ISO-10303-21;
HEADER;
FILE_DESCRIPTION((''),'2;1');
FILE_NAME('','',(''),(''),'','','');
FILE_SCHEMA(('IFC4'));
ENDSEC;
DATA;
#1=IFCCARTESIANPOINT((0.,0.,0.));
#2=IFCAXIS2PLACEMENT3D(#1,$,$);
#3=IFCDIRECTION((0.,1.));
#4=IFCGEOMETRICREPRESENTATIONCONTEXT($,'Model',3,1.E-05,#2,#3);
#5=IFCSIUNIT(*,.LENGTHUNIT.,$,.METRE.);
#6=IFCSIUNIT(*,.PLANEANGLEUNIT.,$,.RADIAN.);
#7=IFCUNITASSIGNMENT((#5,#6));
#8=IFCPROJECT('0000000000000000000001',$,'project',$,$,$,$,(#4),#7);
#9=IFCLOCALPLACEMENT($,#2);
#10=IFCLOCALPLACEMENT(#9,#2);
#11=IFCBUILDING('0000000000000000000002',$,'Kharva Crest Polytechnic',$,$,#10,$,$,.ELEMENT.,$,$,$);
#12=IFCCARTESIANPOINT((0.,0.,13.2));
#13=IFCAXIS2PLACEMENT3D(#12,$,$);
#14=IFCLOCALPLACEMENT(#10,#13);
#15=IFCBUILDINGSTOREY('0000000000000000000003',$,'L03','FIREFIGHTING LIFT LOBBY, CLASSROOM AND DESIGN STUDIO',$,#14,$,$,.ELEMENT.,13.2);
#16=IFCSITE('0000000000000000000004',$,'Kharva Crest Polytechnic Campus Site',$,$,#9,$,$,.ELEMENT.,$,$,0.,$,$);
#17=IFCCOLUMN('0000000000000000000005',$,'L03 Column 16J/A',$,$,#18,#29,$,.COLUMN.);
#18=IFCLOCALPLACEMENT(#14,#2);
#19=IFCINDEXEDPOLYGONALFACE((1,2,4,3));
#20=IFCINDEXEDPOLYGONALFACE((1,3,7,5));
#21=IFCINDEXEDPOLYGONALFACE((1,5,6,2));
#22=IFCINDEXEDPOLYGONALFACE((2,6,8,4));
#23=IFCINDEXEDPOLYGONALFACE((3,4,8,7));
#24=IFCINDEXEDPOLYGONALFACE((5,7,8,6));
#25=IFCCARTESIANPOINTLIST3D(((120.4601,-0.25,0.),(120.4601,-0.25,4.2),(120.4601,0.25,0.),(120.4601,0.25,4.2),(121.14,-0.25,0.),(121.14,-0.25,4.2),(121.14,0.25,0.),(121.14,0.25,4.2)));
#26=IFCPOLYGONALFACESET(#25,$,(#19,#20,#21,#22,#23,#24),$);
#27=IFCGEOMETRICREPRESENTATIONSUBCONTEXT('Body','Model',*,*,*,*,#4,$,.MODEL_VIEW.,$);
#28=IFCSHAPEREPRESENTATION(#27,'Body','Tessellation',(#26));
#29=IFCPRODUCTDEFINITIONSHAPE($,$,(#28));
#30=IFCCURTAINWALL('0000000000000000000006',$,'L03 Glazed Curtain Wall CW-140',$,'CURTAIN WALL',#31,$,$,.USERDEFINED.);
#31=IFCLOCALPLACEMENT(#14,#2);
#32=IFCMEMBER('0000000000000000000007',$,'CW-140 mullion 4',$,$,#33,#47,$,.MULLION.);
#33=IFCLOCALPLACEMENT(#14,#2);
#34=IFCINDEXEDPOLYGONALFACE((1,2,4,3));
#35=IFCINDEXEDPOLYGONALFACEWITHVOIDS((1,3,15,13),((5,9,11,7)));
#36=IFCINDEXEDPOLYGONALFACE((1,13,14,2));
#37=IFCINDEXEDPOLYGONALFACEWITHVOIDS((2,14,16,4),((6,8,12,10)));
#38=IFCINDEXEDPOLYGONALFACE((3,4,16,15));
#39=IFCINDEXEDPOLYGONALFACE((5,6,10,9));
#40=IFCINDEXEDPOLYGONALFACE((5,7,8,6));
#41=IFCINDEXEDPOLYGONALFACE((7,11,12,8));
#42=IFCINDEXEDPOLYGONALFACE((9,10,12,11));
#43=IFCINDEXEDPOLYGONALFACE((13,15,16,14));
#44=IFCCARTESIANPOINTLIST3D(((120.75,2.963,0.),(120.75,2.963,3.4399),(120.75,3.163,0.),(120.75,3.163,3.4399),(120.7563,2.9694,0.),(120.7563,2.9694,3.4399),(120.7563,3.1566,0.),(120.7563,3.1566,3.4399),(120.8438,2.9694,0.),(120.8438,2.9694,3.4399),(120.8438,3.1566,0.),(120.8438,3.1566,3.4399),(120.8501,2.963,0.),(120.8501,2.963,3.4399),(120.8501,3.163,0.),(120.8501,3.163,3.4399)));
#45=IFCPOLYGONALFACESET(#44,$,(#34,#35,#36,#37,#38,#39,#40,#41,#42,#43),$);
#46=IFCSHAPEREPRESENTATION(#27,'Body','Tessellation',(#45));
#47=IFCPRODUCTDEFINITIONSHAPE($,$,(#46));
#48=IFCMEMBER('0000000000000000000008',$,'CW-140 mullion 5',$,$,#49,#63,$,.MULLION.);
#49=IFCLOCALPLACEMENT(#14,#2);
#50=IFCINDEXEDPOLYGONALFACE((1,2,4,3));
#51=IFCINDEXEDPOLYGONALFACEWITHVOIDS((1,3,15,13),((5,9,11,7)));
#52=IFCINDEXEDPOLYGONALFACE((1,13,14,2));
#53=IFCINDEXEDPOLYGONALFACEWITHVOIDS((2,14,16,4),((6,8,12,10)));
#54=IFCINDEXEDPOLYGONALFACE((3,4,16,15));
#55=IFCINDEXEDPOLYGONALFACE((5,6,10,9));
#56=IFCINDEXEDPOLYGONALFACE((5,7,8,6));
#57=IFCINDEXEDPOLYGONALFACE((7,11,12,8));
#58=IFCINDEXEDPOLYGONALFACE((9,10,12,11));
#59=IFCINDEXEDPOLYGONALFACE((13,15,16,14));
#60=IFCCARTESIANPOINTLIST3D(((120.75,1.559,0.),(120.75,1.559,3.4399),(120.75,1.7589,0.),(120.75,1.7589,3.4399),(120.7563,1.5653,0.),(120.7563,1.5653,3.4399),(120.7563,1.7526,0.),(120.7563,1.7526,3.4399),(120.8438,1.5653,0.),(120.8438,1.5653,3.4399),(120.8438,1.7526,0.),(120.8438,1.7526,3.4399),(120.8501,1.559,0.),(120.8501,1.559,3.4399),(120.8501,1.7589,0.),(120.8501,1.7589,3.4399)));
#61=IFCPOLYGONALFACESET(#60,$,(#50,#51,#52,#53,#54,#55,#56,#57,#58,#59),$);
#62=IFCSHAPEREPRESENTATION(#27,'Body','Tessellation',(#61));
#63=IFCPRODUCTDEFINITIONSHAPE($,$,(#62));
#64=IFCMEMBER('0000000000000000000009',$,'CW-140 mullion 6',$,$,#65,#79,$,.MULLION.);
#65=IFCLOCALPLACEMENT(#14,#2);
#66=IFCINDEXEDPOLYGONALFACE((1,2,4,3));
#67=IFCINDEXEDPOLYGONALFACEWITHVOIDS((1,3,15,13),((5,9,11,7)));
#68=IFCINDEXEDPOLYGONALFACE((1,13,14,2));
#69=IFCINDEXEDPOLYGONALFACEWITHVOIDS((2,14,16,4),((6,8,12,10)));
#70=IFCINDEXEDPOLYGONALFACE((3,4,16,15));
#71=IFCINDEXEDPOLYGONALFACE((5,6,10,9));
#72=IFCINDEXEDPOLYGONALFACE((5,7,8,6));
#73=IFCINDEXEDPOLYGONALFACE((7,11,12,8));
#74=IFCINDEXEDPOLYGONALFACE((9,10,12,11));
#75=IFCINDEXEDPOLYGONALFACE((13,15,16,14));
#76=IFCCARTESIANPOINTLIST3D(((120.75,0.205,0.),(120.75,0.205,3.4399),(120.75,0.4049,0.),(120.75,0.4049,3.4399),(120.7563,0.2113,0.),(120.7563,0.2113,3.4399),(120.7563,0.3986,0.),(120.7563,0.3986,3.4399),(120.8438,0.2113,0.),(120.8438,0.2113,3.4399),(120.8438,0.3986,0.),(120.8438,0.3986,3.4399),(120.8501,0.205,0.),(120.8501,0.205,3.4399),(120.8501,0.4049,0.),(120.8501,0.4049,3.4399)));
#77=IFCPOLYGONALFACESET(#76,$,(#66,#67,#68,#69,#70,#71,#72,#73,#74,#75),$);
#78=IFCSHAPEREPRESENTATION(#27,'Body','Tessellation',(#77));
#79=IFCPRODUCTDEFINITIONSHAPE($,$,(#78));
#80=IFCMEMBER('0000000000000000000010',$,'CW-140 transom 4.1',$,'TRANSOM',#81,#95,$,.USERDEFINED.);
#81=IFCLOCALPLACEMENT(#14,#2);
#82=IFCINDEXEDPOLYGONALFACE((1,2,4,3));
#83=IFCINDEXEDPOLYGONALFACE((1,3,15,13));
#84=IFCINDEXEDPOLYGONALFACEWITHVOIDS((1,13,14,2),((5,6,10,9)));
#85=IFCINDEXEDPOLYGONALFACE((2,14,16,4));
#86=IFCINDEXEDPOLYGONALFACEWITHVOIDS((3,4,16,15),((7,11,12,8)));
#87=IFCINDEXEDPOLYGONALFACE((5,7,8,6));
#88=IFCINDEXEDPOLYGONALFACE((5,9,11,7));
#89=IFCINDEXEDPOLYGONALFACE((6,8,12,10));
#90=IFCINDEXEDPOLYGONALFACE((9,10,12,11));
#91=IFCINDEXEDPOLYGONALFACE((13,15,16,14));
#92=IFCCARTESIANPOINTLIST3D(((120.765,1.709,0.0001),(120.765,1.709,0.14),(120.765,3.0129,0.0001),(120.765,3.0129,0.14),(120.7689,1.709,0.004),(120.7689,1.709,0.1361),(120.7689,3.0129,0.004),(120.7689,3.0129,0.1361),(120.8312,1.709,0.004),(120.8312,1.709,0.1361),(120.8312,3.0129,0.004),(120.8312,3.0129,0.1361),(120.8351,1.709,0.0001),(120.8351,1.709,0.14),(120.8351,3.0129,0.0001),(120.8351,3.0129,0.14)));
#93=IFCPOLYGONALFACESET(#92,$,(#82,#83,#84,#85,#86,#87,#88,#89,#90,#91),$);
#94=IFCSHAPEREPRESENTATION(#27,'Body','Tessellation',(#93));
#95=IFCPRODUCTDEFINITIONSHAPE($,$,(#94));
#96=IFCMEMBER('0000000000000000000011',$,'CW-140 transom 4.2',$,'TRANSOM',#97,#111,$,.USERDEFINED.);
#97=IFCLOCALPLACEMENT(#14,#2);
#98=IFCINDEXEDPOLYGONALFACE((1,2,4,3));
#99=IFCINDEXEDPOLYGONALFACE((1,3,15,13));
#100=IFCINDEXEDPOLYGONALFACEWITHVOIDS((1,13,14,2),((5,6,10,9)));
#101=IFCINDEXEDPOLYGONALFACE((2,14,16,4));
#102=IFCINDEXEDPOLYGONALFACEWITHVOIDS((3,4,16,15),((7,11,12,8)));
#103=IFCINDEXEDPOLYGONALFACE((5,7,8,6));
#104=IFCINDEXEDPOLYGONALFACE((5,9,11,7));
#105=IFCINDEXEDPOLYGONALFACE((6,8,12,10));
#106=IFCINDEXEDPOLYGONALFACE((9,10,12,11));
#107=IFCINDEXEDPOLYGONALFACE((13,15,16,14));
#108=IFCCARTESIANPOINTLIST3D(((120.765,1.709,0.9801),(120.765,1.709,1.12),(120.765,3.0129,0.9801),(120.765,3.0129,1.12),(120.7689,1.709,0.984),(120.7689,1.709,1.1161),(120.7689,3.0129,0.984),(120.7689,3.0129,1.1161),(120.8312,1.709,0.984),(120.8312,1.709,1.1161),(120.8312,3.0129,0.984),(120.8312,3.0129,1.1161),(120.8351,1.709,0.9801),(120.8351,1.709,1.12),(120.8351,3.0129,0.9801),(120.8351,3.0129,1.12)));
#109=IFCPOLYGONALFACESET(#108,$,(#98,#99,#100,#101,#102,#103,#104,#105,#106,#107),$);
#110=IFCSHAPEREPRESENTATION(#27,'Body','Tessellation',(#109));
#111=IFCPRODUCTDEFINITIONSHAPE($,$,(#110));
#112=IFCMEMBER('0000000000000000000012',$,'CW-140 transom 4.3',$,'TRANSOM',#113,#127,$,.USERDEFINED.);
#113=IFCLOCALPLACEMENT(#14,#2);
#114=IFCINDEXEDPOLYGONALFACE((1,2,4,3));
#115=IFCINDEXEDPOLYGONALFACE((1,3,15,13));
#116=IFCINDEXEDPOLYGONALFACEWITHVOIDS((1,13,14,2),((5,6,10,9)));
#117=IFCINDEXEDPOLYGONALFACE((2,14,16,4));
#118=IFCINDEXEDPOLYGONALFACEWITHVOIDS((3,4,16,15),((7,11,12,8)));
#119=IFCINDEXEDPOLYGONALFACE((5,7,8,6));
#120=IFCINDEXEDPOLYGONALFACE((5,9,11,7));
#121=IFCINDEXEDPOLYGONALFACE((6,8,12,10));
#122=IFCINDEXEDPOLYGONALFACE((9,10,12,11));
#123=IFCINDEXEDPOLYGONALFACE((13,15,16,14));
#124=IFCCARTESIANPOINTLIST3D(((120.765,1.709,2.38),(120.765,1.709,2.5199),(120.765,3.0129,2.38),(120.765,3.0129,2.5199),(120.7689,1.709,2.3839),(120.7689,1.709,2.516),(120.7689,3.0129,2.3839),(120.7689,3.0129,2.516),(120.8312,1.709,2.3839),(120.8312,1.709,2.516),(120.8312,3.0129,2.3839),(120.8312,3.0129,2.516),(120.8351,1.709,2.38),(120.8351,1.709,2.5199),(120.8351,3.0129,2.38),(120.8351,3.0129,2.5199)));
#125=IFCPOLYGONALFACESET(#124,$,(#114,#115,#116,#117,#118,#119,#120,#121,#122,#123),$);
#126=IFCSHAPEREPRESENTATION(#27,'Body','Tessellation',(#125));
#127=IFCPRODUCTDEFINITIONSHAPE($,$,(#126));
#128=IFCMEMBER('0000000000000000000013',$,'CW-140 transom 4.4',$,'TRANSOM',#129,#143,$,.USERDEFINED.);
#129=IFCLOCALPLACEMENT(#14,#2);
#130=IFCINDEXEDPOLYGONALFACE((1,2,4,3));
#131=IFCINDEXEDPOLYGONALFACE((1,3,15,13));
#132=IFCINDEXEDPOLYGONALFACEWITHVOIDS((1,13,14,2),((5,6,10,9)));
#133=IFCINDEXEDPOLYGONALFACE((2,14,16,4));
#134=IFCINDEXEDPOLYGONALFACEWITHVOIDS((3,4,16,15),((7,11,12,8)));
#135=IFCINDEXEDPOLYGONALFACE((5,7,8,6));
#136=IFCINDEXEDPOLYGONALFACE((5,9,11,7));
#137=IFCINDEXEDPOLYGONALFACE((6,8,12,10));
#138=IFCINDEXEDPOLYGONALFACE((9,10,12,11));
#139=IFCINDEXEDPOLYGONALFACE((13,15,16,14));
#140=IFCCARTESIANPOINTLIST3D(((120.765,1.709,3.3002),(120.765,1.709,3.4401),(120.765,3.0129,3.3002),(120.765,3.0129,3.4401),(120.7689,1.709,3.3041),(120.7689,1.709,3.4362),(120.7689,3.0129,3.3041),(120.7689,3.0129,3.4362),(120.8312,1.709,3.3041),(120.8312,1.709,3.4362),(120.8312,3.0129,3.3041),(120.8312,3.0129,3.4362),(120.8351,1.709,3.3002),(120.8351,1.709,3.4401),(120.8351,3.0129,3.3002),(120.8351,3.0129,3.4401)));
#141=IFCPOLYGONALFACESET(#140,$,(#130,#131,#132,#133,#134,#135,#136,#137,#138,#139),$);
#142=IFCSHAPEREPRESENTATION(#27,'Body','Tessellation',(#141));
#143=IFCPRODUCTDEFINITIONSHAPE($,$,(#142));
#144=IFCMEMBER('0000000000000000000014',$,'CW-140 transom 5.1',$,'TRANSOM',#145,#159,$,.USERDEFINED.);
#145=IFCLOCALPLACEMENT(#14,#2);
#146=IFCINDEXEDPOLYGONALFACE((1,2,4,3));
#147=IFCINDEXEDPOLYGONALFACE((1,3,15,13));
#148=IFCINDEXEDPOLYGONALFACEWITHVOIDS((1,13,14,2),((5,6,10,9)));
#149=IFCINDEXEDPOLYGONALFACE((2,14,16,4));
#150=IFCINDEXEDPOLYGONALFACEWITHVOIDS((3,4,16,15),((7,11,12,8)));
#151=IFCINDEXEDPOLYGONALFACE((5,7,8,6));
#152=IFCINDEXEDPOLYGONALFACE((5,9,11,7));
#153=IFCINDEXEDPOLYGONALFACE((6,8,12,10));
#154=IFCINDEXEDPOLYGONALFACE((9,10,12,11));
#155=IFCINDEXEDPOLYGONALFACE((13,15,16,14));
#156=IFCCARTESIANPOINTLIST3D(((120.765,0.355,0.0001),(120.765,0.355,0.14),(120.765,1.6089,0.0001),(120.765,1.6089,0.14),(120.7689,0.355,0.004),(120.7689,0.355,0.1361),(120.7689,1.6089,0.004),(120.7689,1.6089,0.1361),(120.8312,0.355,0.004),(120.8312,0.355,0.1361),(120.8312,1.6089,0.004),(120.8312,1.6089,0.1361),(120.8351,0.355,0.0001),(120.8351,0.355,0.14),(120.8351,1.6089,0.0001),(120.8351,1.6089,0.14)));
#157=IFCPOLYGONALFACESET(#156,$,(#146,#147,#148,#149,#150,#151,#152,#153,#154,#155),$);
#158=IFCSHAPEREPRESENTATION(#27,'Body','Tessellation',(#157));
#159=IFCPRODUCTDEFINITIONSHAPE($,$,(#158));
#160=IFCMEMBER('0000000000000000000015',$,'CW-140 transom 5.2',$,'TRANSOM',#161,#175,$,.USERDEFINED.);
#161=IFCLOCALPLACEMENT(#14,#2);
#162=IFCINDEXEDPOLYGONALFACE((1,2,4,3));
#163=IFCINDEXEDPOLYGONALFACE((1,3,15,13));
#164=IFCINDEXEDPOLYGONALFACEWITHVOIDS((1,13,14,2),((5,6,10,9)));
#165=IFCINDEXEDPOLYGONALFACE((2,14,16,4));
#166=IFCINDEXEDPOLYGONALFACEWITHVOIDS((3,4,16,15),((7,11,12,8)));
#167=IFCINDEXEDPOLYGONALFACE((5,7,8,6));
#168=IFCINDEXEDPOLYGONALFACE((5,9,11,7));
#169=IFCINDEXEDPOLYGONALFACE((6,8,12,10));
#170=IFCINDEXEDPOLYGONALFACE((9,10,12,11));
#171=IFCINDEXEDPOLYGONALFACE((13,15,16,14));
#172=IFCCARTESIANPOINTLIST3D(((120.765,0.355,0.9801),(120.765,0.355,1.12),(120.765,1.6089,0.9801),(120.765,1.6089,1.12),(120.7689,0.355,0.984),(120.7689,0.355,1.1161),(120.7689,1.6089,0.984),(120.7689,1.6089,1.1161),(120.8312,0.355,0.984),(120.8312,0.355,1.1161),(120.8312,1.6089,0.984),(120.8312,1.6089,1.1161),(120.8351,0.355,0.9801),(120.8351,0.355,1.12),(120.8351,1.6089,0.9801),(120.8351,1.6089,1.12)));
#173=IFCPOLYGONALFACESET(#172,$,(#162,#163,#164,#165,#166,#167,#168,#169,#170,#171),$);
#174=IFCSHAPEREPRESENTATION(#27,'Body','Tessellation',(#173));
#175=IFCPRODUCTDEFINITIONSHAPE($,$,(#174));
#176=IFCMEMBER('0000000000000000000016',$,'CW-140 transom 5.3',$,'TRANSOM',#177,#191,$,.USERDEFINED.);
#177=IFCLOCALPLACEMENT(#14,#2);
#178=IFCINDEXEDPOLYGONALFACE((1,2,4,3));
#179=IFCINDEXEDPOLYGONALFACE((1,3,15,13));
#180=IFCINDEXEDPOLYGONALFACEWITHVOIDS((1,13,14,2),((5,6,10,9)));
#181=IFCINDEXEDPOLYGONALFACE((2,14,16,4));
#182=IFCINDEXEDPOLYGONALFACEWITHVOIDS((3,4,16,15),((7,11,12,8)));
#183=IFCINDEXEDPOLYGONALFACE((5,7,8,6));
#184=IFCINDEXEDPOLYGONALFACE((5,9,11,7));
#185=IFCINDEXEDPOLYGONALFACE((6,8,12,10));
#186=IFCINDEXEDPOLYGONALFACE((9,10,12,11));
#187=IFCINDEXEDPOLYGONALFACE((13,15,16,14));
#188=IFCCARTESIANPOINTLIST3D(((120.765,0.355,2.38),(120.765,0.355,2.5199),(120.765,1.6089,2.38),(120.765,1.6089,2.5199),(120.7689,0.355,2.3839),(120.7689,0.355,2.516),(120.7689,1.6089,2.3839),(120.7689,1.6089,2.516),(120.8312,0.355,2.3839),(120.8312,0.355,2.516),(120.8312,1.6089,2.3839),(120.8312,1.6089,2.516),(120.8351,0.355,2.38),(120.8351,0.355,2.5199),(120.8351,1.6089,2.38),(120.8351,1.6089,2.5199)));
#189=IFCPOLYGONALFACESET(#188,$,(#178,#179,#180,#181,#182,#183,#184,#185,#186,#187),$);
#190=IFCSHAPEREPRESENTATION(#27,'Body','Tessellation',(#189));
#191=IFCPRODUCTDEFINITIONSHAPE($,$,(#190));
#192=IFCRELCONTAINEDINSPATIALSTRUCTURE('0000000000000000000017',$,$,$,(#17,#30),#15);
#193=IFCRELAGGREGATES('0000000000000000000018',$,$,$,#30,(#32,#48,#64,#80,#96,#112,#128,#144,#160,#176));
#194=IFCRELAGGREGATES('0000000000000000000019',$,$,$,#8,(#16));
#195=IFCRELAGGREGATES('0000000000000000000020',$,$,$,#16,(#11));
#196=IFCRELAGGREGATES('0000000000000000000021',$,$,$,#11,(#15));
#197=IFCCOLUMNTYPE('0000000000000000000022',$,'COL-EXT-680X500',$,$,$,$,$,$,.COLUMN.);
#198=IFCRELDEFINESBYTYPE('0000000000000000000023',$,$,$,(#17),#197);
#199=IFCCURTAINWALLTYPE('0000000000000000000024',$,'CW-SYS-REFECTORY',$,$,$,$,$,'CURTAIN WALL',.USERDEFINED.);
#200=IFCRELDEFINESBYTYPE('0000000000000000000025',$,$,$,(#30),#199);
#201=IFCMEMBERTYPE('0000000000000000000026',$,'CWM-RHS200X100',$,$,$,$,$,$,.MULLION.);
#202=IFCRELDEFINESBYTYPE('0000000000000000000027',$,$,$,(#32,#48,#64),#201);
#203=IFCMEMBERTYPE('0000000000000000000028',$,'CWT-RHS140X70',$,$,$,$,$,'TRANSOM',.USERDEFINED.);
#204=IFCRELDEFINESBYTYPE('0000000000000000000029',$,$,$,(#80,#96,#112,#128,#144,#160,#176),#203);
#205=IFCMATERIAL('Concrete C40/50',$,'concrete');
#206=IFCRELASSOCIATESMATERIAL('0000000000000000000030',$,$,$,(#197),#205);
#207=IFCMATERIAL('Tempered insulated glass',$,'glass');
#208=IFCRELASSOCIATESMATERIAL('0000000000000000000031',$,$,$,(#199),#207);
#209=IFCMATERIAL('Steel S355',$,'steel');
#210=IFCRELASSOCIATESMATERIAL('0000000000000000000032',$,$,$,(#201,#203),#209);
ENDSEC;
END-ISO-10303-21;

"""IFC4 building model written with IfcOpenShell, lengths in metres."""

from ifc_helpers import new_model, si_unit, direction, frame, origin, origin_2d, place, context, subcontext, project, spatial, rectangle, hollow_rectangle, extrude, material, material_profile, profile_set, type_object, element, aggregate, save


model = new_model("IFC4")

# Units and contexts
model_context = context("Model", 3, precision=1e-05, world=origin(), true_north=direction((0.0, 1.0)))
body_context = subcontext(model_context, "Body", "Model", "MODEL_VIEW")
ifc_project = project(units=[si_unit("LENGTHUNIT", "METRE"), si_unit("PLANEANGLEUNIT", "RADIAN")], contexts=[model_context])

# Site, building, storey
site_placement = place(None, origin())
site = spatial("IfcSite", under=ifc_project, at=site_placement, Name="Kharva Crest Polytechnic Campus Site", CompositionType="ELEMENT", RefElevation=0.0)
building_placement = place(site_placement, origin())
building = spatial("IfcBuilding", under=site, at=building_placement, Name="Kharva Crest Polytechnic", CompositionType="ELEMENT")
storey_placement = place(building_placement, frame((0.0, 0.0, 13.2)))
storey = spatial("IfcBuildingStorey", under=building, at=storey_placement, Name="L03", Description="FIREFIGHTING LIFT LOBBY, CLASSROOM AND DESIGN STUDIO", CompositionType="ELEMENT", Elevation=13.2)

# Column
ifc_material_1 = material(Name="Concrete C40/50", Category="concrete")
ifc_material_profile_1 = material_profile(ifc_material_1, rectangle(XDim=0.6799, YDim=0.5, at=origin_2d()), Name="RECT 680 X 500")
ifc_profile_set_1 = profile_set([ifc_material_profile_1], Name="Concrete C40/50")
column_type = type_object("IfcColumnType", Name="COL-EXT-680X500", PredefinedType="COLUMN", material=ifc_profile_set_1)
column_placement = place(storey_placement, frame((120.8, 0.0, 0.0), z_axis=(0.0, 0.0, 1.0), x_axis=(1.0, 0.0, 0.0)))
element("IfcColumn", 1, at=column_placement, inside=storey, type_object=column_type, Name="L03 Column 16J/A", PredefinedType="COLUMN", context=body_context, shape_type="SweptSolid", body=[
    extrude(rectangle(XDim=0.6799, YDim=0.5, at=origin_2d()), origin(), (0.0, 0.0, 1.0), 4.2),
])

# Curtain wall, members
ifc_material_2 = material(Name="Tempered insulated glass", Category="glass")
curtain_wall_type = type_object("IfcCurtainWallType", Name="CW-SYS-REFECTORY", ElementType="CURTAIN WALL", PredefinedType="USERDEFINED", material=ifc_material_2)
curtain_wall_placement = place(storey_placement, origin())
curtain_wall = element("IfcCurtainWall", 2, at=curtain_wall_placement, inside=storey, type_object=curtain_wall_type, Name="L03 Glazed Curtain Wall CW-140", ObjectType="CURTAIN WALL", PredefinedType="USERDEFINED")
ifc_material_3 = material(Name="Steel S355", Category="steel")
ifc_material_profile_2 = material_profile(ifc_material_3, hollow_rectangle(XDim=0.1001, YDim=0.2, WallThickness=0.0063, at=origin_2d()), Name="RHS 200X100X6.3")
ifc_profile_set_2 = profile_set([ifc_material_profile_2], Name="Steel S355")
member_type_1 = type_object("IfcMemberType", Name="CWM-RHS200X100", PredefinedType="MULLION", material=ifc_profile_set_2)
member_1_placement = place(storey_placement, frame((120.8, 3.063, 0.0), z_axis=(0.0, 0.0, 1.0), x_axis=(1.0, 0.0, 0.0)))
member_1 = element("IfcMember", 3, at=member_1_placement, type_object=member_type_1, Name="CW-140 mullion 4", PredefinedType="MULLION", context=body_context, shape_type="SweptSolid", body=[
    extrude(hollow_rectangle(XDim=0.1001, YDim=0.2, WallThickness=0.0063, at=origin_2d()), origin(), (0.0, 0.0, 1.0), 3.4399),
])
member_2_placement = place(storey_placement, frame((120.8, 1.6589, 0.0), z_axis=(0.0, 0.0, 1.0), x_axis=(1.0, 0.0, 0.0)))
member_2 = element("IfcMember", 4, at=member_2_placement, type_object=member_type_1, Name="CW-140 mullion 5", PredefinedType="MULLION", context=body_context, shape_type="SweptSolid", body=[
    extrude(hollow_rectangle(XDim=0.1001, YDim=0.2, WallThickness=0.0063, at=origin_2d()), origin(), (0.0, 0.0, 1.0), 3.4399),
])
member_3_placement = place(storey_placement, frame((120.8, 0.3049, 0.0), z_axis=(0.0, 0.0, 1.0), x_axis=(1.0, 0.0, 0.0)))
member_3 = element("IfcMember", 5, at=member_3_placement, type_object=member_type_1, Name="CW-140 mullion 6", PredefinedType="MULLION", context=body_context, shape_type="SweptSolid", body=[
    extrude(hollow_rectangle(XDim=0.1001, YDim=0.2, WallThickness=0.0063, at=origin_2d()), origin(), (0.0, 0.0, 1.0), 3.4399),
])
ifc_material_profile_3 = material_profile(ifc_material_3, hollow_rectangle(XDim=0.0701, YDim=0.1399, WallThickness=0.0039, at=origin_2d()), Name="RHS 140X70X4.0")
ifc_profile_set_3 = profile_set([ifc_material_profile_3], Name="Steel S355")
member_type_2 = type_object("IfcMemberType", Name="CWT-RHS140X70", ElementType="TRANSOM", PredefinedType="USERDEFINED", material=ifc_profile_set_3)
member_4_placement = place(storey_placement, frame((120.8, 3.0129, 0.0701), z_axis=(0.0, -1.0, 0.0), x_axis=(1.0, 0.0, 0.0)))
member_4 = element("IfcMember", 6, at=member_4_placement, type_object=member_type_2, Name="CW-140 transom 4.1", ObjectType="TRANSOM", PredefinedType="USERDEFINED", context=body_context, shape_type="SweptSolid", body=[
    extrude(hollow_rectangle(XDim=0.0701, YDim=0.1399, WallThickness=0.0039, at=origin_2d()), origin(), (0.0, 0.0, 1.0), 1.304),
])
member_5_placement = place(storey_placement, frame((120.8, 3.0129, 1.05), z_axis=(0.0, -1.0, 0.0), x_axis=(1.0, 0.0, 0.0)))
member_5 = element("IfcMember", 7, at=member_5_placement, type_object=member_type_2, Name="CW-140 transom 4.2", ObjectType="TRANSOM", PredefinedType="USERDEFINED", context=body_context, shape_type="SweptSolid", body=[
    extrude(hollow_rectangle(XDim=0.0701, YDim=0.1399, WallThickness=0.0039, at=origin_2d()), origin(), (0.0, 0.0, 1.0), 1.304),
])
member_6_placement = place(storey_placement, frame((120.8, 3.0129, 2.45), z_axis=(0.0, -1.0, 0.0), x_axis=(1.0, 0.0, 0.0)))
member_6 = element("IfcMember", 8, at=member_6_placement, type_object=member_type_2, Name="CW-140 transom 4.3", ObjectType="TRANSOM", PredefinedType="USERDEFINED", context=body_context, shape_type="SweptSolid", body=[
    extrude(hollow_rectangle(XDim=0.0701, YDim=0.1399, WallThickness=0.0039, at=origin_2d()), origin(), (0.0, 0.0, 1.0), 1.304),
])
member_7_placement = place(storey_placement, frame((120.8, 3.0129, 3.3701), z_axis=(0.0, -1.0, 0.0), x_axis=(1.0, 0.0, 0.0)))
member_7 = element("IfcMember", 9, at=member_7_placement, type_object=member_type_2, Name="CW-140 transom 4.4", ObjectType="TRANSOM", PredefinedType="USERDEFINED", context=body_context, shape_type="SweptSolid", body=[
    extrude(hollow_rectangle(XDim=0.0701, YDim=0.1399, WallThickness=0.0039, at=origin_2d()), origin(), (0.0, 0.0, 1.0), 1.304),
])
member_8_placement = place(storey_placement, frame((120.8, 1.6089, 0.0701), z_axis=(0.0, -1.0, 0.0), x_axis=(1.0, 0.0, 0.0)))
member_8 = element("IfcMember", 10, at=member_8_placement, type_object=member_type_2, Name="CW-140 transom 5.1", ObjectType="TRANSOM", PredefinedType="USERDEFINED", context=body_context, shape_type="SweptSolid", body=[
    extrude(hollow_rectangle(XDim=0.0701, YDim=0.1399, WallThickness=0.0039, at=origin_2d()), origin(), (0.0, 0.0, 1.0), 1.2539),
])
member_9_placement = place(storey_placement, frame((120.8, 1.6089, 1.05), z_axis=(0.0, -1.0, 0.0), x_axis=(1.0, 0.0, 0.0)))
member_9 = element("IfcMember", 11, at=member_9_placement, type_object=member_type_2, Name="CW-140 transom 5.2", ObjectType="TRANSOM", PredefinedType="USERDEFINED", context=body_context, shape_type="SweptSolid", body=[
    extrude(hollow_rectangle(XDim=0.0701, YDim=0.1399, WallThickness=0.0039, at=origin_2d()), origin(), (0.0, 0.0, 1.0), 1.2539),
])
member_10_placement = place(storey_placement, frame((120.8, 1.6089, 2.45), z_axis=(0.0, -1.0, 0.0), x_axis=(1.0, 0.0, 0.0)))
member_10 = element("IfcMember", 12, at=member_10_placement, type_object=member_type_2, Name="CW-140 transom 5.3", ObjectType="TRANSOM", PredefinedType="USERDEFINED", context=body_context, shape_type="SweptSolid", body=[
    extrude(hollow_rectangle(XDim=0.0701, YDim=0.1399, WallThickness=0.0039, at=origin_2d()), origin(), (0.0, 0.0, 1.0), 1.2539),
])

aggregate(curtain_wall, [member_1, member_2, member_3, member_4, member_5, member_6, member_7, member_8, member_9, member_10])

save(model, "model.ifc")
